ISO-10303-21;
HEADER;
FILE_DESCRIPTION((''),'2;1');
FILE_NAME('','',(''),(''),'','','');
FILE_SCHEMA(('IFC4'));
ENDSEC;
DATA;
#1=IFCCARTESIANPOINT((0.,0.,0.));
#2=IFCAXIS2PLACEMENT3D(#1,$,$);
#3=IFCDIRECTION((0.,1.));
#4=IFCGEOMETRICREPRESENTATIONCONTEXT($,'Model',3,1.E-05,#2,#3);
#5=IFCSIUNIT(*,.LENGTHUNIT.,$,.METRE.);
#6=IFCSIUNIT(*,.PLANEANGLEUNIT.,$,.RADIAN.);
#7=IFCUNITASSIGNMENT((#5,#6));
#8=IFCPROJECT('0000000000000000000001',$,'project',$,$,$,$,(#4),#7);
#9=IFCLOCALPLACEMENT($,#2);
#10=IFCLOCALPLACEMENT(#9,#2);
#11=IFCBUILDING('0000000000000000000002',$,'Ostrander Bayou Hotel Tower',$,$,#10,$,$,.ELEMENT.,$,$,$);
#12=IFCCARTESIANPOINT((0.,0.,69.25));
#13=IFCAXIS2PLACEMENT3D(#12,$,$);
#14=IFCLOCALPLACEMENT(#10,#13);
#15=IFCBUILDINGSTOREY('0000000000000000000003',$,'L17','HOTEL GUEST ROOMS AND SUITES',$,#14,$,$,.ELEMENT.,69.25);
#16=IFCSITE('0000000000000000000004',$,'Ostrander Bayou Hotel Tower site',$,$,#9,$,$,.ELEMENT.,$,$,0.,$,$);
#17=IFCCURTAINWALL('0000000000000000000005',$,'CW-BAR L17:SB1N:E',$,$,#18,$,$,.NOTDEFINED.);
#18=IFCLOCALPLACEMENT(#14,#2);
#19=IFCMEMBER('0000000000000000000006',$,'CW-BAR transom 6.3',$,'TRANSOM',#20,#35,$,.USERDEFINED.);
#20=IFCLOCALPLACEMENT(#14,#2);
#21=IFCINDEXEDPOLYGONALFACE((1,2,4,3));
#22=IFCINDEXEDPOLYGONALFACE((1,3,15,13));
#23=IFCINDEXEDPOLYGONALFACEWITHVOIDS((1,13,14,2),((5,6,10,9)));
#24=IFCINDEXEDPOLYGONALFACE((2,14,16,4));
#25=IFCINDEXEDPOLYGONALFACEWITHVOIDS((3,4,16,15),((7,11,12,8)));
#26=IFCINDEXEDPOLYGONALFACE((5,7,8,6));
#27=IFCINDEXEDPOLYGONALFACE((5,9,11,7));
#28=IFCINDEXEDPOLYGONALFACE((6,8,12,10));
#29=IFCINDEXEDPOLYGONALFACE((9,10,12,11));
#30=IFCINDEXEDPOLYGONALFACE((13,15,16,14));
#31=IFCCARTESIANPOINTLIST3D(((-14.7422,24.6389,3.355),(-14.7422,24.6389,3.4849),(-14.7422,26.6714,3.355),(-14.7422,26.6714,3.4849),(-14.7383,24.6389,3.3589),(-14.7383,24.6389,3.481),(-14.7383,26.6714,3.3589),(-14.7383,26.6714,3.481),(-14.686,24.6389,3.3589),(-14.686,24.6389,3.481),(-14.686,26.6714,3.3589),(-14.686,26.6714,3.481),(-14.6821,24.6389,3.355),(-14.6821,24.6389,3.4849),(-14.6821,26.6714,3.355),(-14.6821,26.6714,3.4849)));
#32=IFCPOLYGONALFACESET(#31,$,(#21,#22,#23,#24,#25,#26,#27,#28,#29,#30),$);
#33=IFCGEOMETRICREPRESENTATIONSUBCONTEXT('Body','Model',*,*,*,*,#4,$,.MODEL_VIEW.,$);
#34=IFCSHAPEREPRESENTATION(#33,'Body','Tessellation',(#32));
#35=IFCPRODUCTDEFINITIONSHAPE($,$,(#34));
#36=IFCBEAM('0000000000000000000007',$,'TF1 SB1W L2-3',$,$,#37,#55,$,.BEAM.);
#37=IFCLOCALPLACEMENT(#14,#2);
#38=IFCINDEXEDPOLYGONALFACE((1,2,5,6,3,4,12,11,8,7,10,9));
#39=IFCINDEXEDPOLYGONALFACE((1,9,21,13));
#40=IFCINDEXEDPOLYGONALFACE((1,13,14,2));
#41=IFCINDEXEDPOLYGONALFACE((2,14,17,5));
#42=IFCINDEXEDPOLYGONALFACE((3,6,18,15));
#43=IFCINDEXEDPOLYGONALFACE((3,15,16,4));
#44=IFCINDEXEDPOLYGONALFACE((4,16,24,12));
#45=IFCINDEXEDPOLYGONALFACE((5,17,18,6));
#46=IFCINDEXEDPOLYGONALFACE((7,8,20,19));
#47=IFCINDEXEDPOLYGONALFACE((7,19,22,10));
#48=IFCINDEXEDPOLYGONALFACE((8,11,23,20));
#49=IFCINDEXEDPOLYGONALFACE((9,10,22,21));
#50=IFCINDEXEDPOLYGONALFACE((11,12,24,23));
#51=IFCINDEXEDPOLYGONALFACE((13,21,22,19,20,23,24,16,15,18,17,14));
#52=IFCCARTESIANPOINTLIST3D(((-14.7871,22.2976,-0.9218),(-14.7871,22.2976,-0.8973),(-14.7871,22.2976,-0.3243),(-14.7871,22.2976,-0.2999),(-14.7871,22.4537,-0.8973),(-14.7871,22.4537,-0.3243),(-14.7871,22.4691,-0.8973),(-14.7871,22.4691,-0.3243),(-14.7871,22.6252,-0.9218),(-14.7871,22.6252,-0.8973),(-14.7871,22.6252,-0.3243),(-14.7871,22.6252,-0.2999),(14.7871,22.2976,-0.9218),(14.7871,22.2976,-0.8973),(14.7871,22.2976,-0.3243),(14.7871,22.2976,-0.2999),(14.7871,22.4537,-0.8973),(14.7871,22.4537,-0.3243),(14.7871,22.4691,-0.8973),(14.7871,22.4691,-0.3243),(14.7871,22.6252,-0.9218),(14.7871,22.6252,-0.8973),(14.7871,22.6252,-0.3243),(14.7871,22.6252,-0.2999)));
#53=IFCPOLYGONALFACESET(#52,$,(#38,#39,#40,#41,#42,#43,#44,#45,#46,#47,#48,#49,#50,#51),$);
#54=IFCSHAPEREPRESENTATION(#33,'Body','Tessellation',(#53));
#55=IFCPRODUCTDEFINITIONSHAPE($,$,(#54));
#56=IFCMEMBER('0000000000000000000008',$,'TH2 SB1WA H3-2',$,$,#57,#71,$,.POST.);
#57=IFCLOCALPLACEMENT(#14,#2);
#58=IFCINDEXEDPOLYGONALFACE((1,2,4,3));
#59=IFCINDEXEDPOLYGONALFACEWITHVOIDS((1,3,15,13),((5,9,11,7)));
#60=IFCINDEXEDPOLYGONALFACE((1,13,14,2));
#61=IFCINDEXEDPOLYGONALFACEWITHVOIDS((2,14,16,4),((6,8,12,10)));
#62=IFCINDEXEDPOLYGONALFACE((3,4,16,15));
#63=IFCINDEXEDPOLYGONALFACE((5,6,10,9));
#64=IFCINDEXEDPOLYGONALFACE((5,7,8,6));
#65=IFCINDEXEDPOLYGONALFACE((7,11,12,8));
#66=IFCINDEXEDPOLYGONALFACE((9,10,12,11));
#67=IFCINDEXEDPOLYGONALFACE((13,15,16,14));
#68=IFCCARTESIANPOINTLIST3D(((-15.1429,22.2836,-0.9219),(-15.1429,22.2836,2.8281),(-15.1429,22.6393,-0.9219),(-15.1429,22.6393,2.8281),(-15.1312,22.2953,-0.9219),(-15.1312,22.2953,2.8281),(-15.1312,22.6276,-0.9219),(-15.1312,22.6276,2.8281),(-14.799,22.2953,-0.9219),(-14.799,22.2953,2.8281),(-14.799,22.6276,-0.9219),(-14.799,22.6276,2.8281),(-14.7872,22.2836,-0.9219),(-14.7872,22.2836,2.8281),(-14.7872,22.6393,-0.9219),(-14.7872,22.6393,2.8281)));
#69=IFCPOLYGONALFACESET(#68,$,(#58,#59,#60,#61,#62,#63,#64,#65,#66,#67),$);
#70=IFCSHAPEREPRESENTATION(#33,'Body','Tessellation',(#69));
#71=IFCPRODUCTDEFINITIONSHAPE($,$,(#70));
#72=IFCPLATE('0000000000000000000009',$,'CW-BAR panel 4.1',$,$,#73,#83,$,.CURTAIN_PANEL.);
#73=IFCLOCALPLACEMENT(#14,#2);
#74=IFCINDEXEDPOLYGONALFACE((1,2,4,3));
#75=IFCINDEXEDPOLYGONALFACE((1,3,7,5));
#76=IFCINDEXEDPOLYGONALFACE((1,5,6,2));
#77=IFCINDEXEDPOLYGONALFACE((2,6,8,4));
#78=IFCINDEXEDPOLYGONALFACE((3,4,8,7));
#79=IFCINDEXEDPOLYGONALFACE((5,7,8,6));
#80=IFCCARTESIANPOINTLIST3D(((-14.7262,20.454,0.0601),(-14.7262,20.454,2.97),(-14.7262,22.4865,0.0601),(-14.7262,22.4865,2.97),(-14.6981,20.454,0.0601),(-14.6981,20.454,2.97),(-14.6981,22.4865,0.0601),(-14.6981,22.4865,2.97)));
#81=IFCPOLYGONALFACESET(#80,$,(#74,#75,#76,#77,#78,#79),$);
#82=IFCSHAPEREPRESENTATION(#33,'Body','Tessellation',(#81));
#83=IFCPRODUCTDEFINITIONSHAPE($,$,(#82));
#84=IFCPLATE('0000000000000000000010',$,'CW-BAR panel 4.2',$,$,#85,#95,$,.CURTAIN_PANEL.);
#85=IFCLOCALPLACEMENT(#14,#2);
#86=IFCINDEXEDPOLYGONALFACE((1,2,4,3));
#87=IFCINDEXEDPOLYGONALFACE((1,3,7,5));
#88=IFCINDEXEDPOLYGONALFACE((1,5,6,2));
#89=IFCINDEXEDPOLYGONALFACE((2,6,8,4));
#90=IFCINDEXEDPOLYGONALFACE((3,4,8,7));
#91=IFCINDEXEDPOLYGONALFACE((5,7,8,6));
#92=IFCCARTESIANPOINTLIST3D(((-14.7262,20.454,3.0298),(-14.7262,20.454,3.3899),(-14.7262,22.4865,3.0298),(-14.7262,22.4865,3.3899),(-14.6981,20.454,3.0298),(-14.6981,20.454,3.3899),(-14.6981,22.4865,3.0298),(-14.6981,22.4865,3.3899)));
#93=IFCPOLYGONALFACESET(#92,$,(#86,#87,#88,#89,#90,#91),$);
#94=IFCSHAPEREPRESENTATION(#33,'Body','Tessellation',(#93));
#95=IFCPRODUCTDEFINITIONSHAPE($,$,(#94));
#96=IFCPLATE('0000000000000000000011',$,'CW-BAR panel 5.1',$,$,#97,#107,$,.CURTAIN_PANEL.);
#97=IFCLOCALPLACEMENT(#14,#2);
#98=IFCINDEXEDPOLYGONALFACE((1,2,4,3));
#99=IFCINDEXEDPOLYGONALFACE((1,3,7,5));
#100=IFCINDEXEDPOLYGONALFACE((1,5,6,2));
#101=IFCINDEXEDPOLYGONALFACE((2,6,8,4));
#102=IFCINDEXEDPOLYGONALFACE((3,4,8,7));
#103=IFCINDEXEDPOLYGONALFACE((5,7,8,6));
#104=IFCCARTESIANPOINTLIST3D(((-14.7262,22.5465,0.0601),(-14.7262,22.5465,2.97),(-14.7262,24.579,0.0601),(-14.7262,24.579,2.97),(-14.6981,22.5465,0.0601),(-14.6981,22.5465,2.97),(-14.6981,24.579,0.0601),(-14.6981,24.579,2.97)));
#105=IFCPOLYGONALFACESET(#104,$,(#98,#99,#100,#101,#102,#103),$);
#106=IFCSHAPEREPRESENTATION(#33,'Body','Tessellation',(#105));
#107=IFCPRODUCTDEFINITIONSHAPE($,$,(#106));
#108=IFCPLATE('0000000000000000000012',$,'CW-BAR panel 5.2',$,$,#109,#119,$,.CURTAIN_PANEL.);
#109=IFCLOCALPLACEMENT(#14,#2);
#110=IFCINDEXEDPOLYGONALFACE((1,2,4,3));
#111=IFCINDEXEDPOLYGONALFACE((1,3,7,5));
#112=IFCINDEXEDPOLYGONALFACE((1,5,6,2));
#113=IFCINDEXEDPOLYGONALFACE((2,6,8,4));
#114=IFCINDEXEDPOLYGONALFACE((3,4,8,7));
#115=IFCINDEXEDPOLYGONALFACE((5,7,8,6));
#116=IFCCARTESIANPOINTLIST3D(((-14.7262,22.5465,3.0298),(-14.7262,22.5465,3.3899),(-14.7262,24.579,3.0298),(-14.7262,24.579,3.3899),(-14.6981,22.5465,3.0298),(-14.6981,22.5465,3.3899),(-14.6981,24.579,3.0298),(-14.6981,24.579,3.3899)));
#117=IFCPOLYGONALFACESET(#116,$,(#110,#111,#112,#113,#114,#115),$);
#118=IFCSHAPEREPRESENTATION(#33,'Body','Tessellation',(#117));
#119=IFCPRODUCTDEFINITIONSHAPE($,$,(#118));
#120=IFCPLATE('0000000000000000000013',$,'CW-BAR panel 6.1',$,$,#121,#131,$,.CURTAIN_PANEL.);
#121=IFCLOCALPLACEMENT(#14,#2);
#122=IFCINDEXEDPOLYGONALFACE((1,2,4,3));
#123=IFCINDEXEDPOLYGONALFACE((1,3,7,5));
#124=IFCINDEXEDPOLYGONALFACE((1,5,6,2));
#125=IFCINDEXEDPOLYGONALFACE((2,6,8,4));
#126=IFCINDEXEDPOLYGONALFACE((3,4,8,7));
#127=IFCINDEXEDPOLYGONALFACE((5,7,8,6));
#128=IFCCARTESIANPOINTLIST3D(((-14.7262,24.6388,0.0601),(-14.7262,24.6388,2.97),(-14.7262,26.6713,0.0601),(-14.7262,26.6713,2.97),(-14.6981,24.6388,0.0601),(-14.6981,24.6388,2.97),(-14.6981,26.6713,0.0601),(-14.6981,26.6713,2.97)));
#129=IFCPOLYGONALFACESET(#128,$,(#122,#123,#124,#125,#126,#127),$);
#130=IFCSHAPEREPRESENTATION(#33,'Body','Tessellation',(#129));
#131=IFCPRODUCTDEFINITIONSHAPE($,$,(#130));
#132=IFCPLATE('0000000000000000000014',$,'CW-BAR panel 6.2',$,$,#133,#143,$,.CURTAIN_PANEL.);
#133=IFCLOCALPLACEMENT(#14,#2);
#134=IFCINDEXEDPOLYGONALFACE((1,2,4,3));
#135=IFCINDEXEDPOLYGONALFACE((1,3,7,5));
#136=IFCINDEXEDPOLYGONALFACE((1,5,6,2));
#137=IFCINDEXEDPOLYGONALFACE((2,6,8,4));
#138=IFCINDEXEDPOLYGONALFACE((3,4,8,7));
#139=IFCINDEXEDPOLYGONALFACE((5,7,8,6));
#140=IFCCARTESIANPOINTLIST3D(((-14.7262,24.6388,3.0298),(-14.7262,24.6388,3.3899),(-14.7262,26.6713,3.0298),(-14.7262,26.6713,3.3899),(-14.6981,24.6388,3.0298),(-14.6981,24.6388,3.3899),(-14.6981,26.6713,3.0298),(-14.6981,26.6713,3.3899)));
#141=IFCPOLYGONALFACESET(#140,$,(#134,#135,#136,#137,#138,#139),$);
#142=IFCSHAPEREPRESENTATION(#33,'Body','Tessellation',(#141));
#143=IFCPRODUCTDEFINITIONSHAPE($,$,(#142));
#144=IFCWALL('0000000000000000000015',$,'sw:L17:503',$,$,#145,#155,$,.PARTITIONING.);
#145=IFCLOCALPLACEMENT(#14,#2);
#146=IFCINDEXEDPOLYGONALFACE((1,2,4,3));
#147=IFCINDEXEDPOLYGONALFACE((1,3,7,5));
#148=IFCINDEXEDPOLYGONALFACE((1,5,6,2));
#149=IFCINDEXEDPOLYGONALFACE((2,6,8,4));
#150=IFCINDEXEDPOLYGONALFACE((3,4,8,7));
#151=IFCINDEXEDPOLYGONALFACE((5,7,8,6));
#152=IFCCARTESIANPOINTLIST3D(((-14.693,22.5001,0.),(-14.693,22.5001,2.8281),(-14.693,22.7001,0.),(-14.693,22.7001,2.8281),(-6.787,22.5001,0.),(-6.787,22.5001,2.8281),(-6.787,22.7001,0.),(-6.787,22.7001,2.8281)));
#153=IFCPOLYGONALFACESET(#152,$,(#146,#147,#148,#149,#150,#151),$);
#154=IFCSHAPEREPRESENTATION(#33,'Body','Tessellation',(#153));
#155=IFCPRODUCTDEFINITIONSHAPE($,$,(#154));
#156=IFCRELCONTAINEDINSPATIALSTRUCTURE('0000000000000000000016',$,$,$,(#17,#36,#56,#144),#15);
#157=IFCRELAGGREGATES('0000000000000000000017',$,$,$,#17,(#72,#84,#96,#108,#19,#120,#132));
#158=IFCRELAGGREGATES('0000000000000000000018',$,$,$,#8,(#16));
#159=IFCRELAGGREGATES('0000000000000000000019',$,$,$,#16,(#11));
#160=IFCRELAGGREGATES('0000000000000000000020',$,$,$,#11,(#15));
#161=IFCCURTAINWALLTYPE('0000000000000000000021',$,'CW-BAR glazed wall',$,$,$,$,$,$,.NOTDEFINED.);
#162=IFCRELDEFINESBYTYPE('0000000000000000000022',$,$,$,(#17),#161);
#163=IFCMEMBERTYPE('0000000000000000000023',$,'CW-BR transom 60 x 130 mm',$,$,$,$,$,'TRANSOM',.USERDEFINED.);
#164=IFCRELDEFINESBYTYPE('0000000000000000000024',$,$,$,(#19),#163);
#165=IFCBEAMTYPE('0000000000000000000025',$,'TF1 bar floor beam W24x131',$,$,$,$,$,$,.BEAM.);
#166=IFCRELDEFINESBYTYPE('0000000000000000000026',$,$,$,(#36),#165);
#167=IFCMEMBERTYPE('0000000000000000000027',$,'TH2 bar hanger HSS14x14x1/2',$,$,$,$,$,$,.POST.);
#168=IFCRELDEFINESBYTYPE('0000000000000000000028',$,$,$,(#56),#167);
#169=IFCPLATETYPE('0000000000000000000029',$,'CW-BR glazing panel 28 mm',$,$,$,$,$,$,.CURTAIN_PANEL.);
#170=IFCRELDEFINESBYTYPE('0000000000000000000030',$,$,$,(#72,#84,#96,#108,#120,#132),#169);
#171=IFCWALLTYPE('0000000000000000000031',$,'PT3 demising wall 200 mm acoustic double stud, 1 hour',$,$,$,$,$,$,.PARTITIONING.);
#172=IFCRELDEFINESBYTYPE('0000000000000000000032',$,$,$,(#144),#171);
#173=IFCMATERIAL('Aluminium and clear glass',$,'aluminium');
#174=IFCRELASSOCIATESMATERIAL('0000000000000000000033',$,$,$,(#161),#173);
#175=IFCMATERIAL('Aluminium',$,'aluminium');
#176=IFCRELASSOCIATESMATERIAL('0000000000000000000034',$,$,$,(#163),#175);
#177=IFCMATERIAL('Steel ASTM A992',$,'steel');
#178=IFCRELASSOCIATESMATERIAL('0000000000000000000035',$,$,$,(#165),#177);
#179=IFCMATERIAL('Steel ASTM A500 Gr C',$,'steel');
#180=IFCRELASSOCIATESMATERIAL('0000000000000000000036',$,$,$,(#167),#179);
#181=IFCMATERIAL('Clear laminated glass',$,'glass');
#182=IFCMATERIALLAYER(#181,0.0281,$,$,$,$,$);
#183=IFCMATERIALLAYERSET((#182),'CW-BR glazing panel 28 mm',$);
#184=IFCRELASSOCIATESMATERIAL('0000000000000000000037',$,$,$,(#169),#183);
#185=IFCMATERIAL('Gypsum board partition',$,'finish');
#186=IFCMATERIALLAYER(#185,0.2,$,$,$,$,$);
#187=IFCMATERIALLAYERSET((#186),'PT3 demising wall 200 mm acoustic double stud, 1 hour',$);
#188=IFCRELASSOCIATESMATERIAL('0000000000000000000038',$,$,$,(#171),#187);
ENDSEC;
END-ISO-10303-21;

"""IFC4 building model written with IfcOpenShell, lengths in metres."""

from ifc_helpers import new_model, si_unit, direction, frame, frame_2d, origin, origin_2d, place, context, subcontext, project, spatial, rectangle, hollow_rectangle, i_section, extrude, material, layer, layer_set, material_profile, profile_set, type_object, element, aggregate, save


model = new_model("IFC4")

# Units and contexts
model_context = context("Model", 3, precision=1e-05, world=origin(), true_north=direction((0.0, 1.0)))
body_context = subcontext(model_context, "Body", "Model", "MODEL_VIEW")
ifc_project = project(units=[si_unit("LENGTHUNIT", "METRE"), si_unit("PLANEANGLEUNIT", "RADIAN")], contexts=[model_context])

# Site, building, storey
site_placement = place(None, origin())
site = spatial("IfcSite", under=ifc_project, at=site_placement, Name="Ostrander Bayou Hotel Tower site", CompositionType="ELEMENT", RefElevation=0.0)
building_placement = place(site_placement, origin())
building = spatial("IfcBuilding", under=site, at=building_placement, Name="Ostrander Bayou Hotel Tower", CompositionType="ELEMENT")
storey_placement = place(building_placement, frame((0.0, 0.0, 69.25)))
storey = spatial("IfcBuildingStorey", under=building, at=storey_placement, Name="L17", Description="HOTEL GUEST ROOMS AND SUITES", CompositionType="ELEMENT", Elevation=69.25)

# Curtain wall, member
ifc_material_1 = material(Name="Aluminium and clear glass", Category="aluminium")
curtain_wall_type = type_object("IfcCurtainWallType", Name="CW-BAR glazed wall", PredefinedType="NOTDEFINED", material=ifc_material_1)
curtain_wall_placement = place(storey_placement, origin())
curtain_wall = element("IfcCurtainWall", 1, at=curtain_wall_placement, inside=storey, type_object=curtain_wall_type, Name="CW-BAR L17:SB1N:E", PredefinedType="NOTDEFINED")
ifc_material_2 = material(Name="Aluminium", Category="aluminium")
ifc_material_profile_1 = material_profile(ifc_material_2, hollow_rectangle(XDim=0.0601, YDim=0.1299, WallThickness=0.0039, at=origin_2d()))
ifc_profile_set_1 = profile_set([ifc_material_profile_1], Name="Aluminium")
member_type_1 = type_object("IfcMemberType", Name="CW-BR transom 60 x 130 mm", ElementType="TRANSOM", PredefinedType="USERDEFINED", material=ifc_profile_set_1)
member_1_placement = place(storey_placement, frame((-14.7122, 24.6389, 3.4199), z_axis=(0.0, 1.0, 0.0), x_axis=(-1.0, 0.0, 0.0)))
member_1 = element("IfcMember", 2, at=member_1_placement, type_object=member_type_1, Name="CW-BAR transom 6.3", ObjectType="TRANSOM", PredefinedType="USERDEFINED", context=body_context, shape_type="SweptSolid", body=[
    extrude(hollow_rectangle(XDim=0.0601, YDim=0.1299, WallThickness=0.0039, at=origin_2d()), origin(), (0.0, 0.0, 1.0), 2.0325),
])

# Beam
ifc_material_3 = material(Name="Steel ASTM A992", Category="steel")
ifc_material_profile_2 = material_profile(ifc_material_3, i_section(OverallWidth=0.3276, OverallDepth=0.6218, WebThickness=0.0154, FlangeThickness=0.0244, at=origin_2d()))
ifc_profile_set_2 = profile_set([ifc_material_profile_2], Name="Steel ASTM A992")
beam_type = type_object("IfcBeamType", Name="TF1 bar floor beam W24x131", PredefinedType="BEAM", material=ifc_profile_set_2)
beam_placement = place(storey_placement, frame((-14.7871, 22.4614, -0.6108), z_axis=(1.0, 0.0, 0.0), x_axis=(0.0, 1.0, 0.0)))
element("IfcBeam", 3, at=beam_placement, inside=storey, type_object=beam_type, Name="TF1 SB1W L2-3", PredefinedType="BEAM", context=body_context, shape_type="SweptSolid", body=[
    extrude(i_section(OverallWidth=0.3276, OverallDepth=0.6218, WebThickness=0.0154, FlangeThickness=0.0244, at=origin_2d()), origin(), (0.0, 0.0, 1.0), 29.5742),
])

# Member
ifc_material_4 = material(Name="Steel ASTM A500 Gr C", Category="steel")
ifc_material_profile_3 = material_profile(ifc_material_4, hollow_rectangle(XDim=0.3557, YDim=0.3557, WallThickness=0.0117, at=origin_2d()))
ifc_profile_set_3 = profile_set([ifc_material_profile_3], Name="Steel ASTM A500 Gr C")
member_type_2 = type_object("IfcMemberType", Name="TH2 bar hanger HSS14x14x1/2", PredefinedType="POST", material=ifc_profile_set_3)
member_2_placement = place(storey_placement, frame((-14.9651, 22.4614, -0.9219), z_axis=(0.0, 0.0, 1.0), x_axis=(1.0, 0.0, 0.0)))
element("IfcMember", 4, at=member_2_placement, inside=storey, type_object=member_type_2, Name="TH2 SB1WA H3-2", PredefinedType="POST", context=body_context, shape_type="SweptSolid", body=[
    extrude(hollow_rectangle(XDim=0.3557, YDim=0.3557, WallThickness=0.0117, at=origin_2d()), origin(), (0.0, 0.0, 1.0), 3.75),
])

# Plates
ifc_material_5 = material(Name="Clear laminated glass", Category="glass")
ifc_layer_1 = layer(ifc_material_5, 0.0281)
ifc_layer_set_1 = layer_set([ifc_layer_1], Name="CW-BR glazing panel 28 mm")
plate_type = type_object("IfcPlateType", Name="CW-BR glazing panel 28 mm", PredefinedType="CURTAIN_PANEL", material=ifc_layer_set_1)
plate_1_placement = place(storey_placement, frame((-14.7122, 21.4702, 0.0601), z_axis=(0.0, 0.0, 1.0), x_axis=(0.0, 1.0, 0.0)))
plate_1 = element("IfcPlate", 5, at=plate_1_placement, type_object=plate_type, Name="CW-BAR panel 4.1", PredefinedType="CURTAIN_PANEL", context=body_context, shape_type="SweptSolid", body=[
    extrude(rectangle(XDim=2.0325, YDim=0.0281, at=origin_2d()), origin(), (0.0, 0.0, 1.0), 2.9099),
])
plate_2_placement = place(storey_placement, frame((-14.7122, 21.4702, 3.0298), z_axis=(0.0, 0.0, 1.0), x_axis=(0.0, 1.0, 0.0)))
plate_2 = element("IfcPlate", 6, at=plate_2_placement, type_object=plate_type, Name="CW-BAR panel 4.2", PredefinedType="CURTAIN_PANEL", context=body_context, shape_type="SweptSolid", body=[
    extrude(rectangle(XDim=2.0325, YDim=0.0281, at=origin_2d()), origin(), (0.0, 0.0, 1.0), 0.3601),
])
plate_3_placement = place(storey_placement, frame((-14.7122, 23.5627, 0.0601), z_axis=(0.0, 0.0, 1.0), x_axis=(0.0, 1.0, 0.0)))
plate_3 = element("IfcPlate", 7, at=plate_3_placement, type_object=plate_type, Name="CW-BAR panel 5.1", PredefinedType="CURTAIN_PANEL", context=body_context, shape_type="SweptSolid", body=[
    extrude(rectangle(XDim=2.0325, YDim=0.0281, at=origin_2d()), origin(), (0.0, 0.0, 1.0), 2.9099),
])
plate_4_placement = place(storey_placement, frame((-14.7122, 23.5627, 3.0298), z_axis=(0.0, 0.0, 1.0), x_axis=(0.0, 1.0, 0.0)))
plate_4 = element("IfcPlate", 8, at=plate_4_placement, type_object=plate_type, Name="CW-BAR panel 5.2", PredefinedType="CURTAIN_PANEL", context=body_context, shape_type="SweptSolid", body=[
    extrude(rectangle(XDim=2.0325, YDim=0.0281, at=origin_2d()), origin(), (0.0, 0.0, 1.0), 0.3601),
])
plate_5_placement = place(storey_placement, frame((-14.7122, 25.655, 0.0601), z_axis=(0.0, 0.0, 1.0), x_axis=(0.0, 1.0, 0.0)))
plate_5 = element("IfcPlate", 9, at=plate_5_placement, type_object=plate_type, Name="CW-BAR panel 6.1", PredefinedType="CURTAIN_PANEL", context=body_context, shape_type="SweptSolid", body=[
    extrude(rectangle(XDim=2.0325, YDim=0.0281, at=origin_2d()), origin(), (0.0, 0.0, 1.0), 2.9099),
])
plate_6_placement = place(storey_placement, frame((-14.7122, 25.655, 3.0298), z_axis=(0.0, 0.0, 1.0), x_axis=(0.0, 1.0, 0.0)))
plate_6 = element("IfcPlate", 10, at=plate_6_placement, type_object=plate_type, Name="CW-BAR panel 6.2", PredefinedType="CURTAIN_PANEL", context=body_context, shape_type="SweptSolid", body=[
    extrude(rectangle(XDim=2.0325, YDim=0.0281, at=origin_2d()), origin(), (0.0, 0.0, 1.0), 0.3601),
])
aggregate(curtain_wall, [plate_1, plate_2, plate_3, plate_4, member_1, plate_5, plate_6])

# Wall
ifc_material_6 = material(Name="Gypsum board partition", Category="finish")
ifc_layer_2 = layer(ifc_material_6, 0.2)
ifc_layer_set_2 = layer_set([ifc_layer_2], Name="PT3 demising wall 200 mm acoustic double stud, 1 hour")
wall_type = type_object("IfcWallType", Name="PT3 demising wall 200 mm acoustic double stud, 1 hour", PredefinedType="PARTITIONING", material=ifc_layer_set_2)
wall_placement = place(storey_placement, frame((-14.6931, 22.6001, 0.0), z_axis=(0.0, 0.0, 1.0), x_axis=(1.0, 0.0, 0.0)))
element("IfcWall", 11, at=wall_placement, inside=storey, type_object=wall_type, Name="sw:L17:503", PredefinedType="PARTITIONING", context=body_context, shape_type="SweptSolid", body=[
    extrude(rectangle(XDim=7.906, YDim=0.2, at=frame_2d((3.9531, 0.0))), origin(), (0.0, 0.0, 1.0), 2.8281),
])

save(model, "model.ifc")
